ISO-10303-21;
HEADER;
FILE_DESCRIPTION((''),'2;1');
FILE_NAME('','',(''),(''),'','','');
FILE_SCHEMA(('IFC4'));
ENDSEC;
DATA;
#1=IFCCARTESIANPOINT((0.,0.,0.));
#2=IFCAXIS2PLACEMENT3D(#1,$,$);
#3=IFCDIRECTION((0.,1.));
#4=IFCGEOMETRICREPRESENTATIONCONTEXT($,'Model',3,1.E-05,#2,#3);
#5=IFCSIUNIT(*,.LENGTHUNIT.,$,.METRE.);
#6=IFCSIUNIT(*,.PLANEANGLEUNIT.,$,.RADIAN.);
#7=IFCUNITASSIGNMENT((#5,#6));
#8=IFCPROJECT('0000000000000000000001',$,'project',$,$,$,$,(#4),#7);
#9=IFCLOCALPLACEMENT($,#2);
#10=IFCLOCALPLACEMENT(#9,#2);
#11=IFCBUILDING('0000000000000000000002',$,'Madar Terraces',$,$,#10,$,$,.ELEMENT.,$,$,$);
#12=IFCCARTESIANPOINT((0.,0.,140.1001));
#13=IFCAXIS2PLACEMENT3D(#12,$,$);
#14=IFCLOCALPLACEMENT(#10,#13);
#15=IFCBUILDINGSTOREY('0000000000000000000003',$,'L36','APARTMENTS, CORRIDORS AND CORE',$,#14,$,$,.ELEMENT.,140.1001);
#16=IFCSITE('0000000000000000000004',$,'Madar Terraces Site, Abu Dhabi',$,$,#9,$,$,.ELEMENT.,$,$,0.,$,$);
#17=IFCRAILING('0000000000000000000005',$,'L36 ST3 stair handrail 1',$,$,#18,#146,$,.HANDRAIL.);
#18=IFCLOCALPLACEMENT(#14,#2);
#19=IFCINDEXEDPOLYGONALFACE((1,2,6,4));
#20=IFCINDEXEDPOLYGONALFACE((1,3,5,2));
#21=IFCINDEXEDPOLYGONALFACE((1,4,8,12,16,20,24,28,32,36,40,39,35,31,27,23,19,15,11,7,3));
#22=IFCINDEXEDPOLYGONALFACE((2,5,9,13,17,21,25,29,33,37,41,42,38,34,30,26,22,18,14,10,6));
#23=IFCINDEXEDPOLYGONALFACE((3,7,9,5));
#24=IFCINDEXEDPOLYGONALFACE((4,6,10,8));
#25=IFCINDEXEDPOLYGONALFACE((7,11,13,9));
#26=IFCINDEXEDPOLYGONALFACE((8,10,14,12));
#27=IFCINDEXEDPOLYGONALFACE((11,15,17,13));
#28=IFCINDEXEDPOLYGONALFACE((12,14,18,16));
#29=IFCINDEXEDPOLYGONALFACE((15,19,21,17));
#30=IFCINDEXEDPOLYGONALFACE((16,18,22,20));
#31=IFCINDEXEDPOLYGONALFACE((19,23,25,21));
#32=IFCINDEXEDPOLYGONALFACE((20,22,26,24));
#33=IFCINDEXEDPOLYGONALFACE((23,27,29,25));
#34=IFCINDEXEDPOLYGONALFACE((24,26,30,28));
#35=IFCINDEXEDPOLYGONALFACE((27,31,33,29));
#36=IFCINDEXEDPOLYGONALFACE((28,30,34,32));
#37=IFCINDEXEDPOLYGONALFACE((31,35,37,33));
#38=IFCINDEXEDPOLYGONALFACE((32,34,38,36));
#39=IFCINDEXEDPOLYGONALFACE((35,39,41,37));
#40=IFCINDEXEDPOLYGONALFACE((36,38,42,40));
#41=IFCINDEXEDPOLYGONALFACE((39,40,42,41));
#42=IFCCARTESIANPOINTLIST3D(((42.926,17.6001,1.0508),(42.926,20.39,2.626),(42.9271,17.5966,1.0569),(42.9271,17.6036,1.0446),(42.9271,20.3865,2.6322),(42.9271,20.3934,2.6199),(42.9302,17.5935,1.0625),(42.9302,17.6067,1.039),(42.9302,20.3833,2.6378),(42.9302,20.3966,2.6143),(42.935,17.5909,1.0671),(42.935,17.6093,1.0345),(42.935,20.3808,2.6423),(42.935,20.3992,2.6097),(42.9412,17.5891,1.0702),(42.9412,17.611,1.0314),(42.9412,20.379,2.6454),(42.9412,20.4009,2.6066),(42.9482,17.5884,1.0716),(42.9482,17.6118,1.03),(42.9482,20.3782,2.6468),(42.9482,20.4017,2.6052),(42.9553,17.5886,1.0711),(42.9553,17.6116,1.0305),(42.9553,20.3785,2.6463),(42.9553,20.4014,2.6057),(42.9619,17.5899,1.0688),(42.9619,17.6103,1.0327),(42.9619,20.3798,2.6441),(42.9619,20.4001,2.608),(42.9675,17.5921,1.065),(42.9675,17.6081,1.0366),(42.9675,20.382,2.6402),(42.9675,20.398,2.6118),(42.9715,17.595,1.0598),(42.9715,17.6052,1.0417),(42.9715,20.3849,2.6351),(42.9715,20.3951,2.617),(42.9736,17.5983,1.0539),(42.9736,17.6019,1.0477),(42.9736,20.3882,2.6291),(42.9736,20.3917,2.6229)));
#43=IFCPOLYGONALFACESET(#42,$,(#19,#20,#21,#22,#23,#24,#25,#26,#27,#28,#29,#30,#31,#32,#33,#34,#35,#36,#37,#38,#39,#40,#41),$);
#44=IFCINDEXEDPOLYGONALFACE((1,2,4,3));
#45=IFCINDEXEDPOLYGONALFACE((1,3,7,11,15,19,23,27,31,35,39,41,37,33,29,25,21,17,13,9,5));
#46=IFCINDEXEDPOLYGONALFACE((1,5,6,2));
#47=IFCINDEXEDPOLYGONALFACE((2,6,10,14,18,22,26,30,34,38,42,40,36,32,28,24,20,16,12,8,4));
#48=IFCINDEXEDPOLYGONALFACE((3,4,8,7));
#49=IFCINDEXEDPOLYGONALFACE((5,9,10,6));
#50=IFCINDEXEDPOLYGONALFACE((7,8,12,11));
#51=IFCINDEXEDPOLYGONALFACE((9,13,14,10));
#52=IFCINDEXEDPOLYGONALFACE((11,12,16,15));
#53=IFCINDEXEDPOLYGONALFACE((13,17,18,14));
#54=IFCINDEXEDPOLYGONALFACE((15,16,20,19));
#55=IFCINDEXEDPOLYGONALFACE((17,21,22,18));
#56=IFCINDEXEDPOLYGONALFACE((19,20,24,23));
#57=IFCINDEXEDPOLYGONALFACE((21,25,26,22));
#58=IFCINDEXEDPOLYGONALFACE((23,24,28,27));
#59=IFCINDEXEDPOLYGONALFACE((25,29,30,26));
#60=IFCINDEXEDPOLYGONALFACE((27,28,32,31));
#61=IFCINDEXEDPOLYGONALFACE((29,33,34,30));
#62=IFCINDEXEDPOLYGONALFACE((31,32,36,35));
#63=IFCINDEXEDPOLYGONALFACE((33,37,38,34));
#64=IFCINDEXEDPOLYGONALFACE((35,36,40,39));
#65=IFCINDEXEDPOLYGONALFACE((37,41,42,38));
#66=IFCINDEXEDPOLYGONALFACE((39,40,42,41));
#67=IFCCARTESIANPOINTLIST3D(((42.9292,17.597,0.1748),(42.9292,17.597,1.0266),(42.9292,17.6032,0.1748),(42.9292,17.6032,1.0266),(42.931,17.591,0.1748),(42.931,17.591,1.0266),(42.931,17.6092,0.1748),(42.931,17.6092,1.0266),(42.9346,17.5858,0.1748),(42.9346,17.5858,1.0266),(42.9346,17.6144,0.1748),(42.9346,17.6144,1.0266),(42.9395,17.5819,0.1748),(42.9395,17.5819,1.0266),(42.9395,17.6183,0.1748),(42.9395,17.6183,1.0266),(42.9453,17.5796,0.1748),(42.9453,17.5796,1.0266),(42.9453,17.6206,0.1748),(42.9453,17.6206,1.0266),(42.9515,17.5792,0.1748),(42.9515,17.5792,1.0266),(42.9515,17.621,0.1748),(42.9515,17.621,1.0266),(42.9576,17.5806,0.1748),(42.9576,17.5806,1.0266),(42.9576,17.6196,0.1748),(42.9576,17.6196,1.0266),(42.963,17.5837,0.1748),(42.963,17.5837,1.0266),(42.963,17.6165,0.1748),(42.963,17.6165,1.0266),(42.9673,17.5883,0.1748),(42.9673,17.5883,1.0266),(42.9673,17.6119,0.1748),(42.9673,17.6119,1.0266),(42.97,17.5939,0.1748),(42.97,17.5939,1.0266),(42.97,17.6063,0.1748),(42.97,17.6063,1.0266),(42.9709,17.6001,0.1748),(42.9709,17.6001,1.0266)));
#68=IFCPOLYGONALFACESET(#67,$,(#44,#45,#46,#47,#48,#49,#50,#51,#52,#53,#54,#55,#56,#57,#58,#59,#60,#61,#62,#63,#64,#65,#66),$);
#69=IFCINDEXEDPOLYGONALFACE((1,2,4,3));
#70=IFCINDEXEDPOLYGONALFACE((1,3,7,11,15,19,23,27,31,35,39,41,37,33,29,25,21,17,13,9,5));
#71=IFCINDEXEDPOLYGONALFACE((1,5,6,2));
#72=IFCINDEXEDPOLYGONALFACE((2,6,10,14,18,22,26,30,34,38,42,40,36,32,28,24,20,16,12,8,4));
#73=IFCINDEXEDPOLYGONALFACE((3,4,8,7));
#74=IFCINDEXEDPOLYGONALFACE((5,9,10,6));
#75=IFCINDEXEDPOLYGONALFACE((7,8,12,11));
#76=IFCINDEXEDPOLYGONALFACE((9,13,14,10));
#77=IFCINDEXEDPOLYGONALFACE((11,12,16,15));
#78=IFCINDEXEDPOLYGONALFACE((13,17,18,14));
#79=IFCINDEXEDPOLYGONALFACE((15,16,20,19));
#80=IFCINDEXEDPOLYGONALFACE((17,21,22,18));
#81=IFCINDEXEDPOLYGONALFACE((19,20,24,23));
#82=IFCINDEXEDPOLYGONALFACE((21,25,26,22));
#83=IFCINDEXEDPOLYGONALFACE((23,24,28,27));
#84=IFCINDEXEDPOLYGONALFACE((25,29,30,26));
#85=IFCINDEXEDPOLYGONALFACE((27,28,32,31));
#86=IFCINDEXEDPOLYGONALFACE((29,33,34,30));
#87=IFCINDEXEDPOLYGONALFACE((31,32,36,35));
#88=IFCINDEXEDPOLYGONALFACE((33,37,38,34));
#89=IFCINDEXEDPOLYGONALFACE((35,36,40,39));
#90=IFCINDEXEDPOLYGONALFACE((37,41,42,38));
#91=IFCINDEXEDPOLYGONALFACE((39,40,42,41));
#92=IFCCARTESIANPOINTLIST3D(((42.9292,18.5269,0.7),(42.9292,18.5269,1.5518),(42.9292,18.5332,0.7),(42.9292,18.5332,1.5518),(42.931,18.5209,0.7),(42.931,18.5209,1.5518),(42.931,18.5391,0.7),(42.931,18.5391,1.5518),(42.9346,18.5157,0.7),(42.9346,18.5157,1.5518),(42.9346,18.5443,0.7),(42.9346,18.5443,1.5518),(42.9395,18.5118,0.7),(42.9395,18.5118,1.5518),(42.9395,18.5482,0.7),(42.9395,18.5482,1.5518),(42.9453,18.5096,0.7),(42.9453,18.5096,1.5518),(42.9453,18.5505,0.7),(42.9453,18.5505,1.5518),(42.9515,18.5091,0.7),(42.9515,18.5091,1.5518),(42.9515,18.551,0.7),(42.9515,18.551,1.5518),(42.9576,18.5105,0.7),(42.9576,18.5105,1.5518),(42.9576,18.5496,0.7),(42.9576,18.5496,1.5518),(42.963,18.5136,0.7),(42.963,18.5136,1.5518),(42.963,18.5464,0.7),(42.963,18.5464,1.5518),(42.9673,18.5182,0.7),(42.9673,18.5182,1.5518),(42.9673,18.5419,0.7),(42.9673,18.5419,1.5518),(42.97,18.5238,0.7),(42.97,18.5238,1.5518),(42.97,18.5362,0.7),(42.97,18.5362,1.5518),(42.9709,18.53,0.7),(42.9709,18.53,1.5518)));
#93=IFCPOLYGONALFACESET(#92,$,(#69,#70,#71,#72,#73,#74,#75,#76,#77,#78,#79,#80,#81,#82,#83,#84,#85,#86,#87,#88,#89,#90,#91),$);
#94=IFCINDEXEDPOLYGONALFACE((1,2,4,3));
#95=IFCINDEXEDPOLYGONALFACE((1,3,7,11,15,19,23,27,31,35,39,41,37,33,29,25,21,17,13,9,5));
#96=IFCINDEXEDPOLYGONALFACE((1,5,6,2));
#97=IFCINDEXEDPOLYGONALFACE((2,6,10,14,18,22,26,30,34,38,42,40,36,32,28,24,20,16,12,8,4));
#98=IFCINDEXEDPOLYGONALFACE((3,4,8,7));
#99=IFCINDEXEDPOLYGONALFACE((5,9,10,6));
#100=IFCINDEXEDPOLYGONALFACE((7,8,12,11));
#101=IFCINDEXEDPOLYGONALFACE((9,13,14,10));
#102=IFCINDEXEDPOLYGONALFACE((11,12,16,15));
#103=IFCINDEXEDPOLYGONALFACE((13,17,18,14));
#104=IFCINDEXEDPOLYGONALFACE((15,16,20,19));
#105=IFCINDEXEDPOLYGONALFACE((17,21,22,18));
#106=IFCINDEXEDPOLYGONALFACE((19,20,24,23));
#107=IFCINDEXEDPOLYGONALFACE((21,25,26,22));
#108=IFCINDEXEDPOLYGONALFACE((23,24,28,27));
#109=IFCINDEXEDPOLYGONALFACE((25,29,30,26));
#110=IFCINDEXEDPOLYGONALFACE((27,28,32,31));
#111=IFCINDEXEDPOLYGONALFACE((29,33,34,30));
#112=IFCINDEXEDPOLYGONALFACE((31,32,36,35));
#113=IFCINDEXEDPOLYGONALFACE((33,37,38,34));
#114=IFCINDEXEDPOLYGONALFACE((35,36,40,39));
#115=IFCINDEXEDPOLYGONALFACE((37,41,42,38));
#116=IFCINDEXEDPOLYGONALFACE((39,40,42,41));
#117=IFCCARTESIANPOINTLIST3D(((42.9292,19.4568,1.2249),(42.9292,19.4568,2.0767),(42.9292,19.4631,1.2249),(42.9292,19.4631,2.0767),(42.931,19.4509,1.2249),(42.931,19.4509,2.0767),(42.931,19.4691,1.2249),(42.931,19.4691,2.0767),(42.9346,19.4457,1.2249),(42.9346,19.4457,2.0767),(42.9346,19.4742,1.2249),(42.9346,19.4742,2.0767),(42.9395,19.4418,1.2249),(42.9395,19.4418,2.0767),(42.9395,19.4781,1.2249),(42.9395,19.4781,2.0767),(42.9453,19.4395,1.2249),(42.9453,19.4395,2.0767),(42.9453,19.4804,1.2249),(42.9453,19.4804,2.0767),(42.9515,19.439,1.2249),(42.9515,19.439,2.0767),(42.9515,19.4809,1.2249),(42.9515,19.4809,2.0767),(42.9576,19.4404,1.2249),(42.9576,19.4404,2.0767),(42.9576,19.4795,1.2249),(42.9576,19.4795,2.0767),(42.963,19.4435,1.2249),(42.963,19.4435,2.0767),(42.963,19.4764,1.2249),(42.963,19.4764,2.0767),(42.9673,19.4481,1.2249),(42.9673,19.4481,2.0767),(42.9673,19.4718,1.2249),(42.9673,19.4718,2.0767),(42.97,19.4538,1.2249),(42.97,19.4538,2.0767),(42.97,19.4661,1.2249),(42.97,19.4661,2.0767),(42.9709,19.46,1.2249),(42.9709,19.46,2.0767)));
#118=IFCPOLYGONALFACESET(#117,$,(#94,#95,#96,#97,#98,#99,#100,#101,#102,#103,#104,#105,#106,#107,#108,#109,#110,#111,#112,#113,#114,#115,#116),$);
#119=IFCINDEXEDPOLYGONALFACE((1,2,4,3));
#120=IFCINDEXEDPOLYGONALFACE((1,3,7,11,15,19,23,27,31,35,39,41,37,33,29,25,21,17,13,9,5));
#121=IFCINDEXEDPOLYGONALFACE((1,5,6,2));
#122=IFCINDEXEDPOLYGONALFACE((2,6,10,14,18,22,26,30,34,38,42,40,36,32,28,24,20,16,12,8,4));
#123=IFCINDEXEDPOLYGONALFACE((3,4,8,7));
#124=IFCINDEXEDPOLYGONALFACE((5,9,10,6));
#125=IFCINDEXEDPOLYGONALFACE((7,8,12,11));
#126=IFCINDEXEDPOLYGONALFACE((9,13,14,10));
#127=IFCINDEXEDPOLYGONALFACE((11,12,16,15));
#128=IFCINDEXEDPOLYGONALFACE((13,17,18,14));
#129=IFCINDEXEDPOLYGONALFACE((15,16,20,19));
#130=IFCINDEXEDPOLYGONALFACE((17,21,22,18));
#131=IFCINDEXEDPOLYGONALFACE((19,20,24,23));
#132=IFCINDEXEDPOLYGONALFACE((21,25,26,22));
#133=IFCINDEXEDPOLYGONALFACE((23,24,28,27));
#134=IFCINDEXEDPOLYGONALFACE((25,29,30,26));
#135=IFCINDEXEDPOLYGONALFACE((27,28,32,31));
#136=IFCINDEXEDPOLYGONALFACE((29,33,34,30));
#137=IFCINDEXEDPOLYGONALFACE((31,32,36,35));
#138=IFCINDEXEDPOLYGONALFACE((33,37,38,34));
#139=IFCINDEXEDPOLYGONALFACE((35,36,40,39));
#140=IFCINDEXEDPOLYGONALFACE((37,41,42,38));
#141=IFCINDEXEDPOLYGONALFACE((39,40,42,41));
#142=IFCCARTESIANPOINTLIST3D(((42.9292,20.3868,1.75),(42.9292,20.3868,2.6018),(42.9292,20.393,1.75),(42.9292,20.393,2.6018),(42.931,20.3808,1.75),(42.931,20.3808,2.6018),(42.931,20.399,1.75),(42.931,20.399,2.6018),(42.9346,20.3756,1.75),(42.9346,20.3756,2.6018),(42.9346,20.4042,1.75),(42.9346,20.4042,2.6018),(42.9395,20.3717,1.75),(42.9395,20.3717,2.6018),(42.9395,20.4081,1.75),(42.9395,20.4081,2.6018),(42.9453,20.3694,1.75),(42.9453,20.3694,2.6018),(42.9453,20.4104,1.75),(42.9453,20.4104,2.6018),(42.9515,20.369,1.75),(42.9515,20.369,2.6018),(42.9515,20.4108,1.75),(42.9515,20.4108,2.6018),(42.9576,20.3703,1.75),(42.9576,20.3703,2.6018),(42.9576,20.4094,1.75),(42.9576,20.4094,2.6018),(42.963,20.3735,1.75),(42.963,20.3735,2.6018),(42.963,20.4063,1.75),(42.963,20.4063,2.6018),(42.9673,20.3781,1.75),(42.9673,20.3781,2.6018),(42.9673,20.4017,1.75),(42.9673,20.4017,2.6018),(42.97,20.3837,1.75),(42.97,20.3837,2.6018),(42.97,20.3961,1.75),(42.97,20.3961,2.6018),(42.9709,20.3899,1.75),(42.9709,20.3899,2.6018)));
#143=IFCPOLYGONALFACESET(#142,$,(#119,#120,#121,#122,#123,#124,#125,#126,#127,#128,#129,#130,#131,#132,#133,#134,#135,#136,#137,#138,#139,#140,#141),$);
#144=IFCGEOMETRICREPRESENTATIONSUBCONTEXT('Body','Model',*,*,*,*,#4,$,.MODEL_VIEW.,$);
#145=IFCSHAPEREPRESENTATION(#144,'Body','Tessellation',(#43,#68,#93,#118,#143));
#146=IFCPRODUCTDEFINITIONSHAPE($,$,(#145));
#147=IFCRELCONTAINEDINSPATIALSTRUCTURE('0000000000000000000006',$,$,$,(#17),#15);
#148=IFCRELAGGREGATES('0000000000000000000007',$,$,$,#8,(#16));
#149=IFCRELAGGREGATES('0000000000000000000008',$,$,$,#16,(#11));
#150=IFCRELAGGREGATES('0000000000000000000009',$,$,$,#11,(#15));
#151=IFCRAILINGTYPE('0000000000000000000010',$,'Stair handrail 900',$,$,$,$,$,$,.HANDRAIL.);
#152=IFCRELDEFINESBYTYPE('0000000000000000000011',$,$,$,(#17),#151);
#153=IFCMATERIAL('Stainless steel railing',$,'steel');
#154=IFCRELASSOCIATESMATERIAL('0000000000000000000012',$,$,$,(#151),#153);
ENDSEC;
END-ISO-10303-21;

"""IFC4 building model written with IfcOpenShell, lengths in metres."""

from ifc_helpers import new_model, si_unit, direction, frame, origin, origin_2d, place, context, subcontext, project, spatial, circle, extrude, material, type_object, element, save


model = new_model("IFC4")

# Units and contexts
model_context = context("Model", 3, precision=1e-05, world=origin(), true_north=direction((0.0, 1.0)))
body_context = subcontext(model_context, "Body", "Model", "MODEL_VIEW")
ifc_project = project(units=[si_unit("LENGTHUNIT", "METRE"), si_unit("PLANEANGLEUNIT", "RADIAN")], contexts=[model_context])

# Site, building, storey
site_placement = place(None, origin())
site = spatial("IfcSite", under=ifc_project, at=site_placement, Name="Madar Terraces Site, Abu Dhabi", CompositionType="ELEMENT", RefElevation=0.0)
building_placement = place(site_placement, origin())
building = spatial("IfcBuilding", under=site, at=building_placement, Name="Madar Terraces", CompositionType="ELEMENT")
storey_placement = place(building_placement, frame((0.0, 0.0, 140.1001)))
storey = spatial("IfcBuildingStorey", under=building, at=storey_placement, Name="L36", Description="APARTMENTS, CORRIDORS AND CORE", CompositionType="ELEMENT", Elevation=140.1001)

# Railing
ifc_material_1 = material(Name="Stainless steel railing", Category="steel")
railing_type_1 = type_object("IfcRailingType", Name="Stair handrail 900", PredefinedType="HANDRAIL", material=ifc_material_1)
railing_1_placement = place(storey_placement, frame((42.95, 17.6001, 0.1748)))
element("IfcRailing", 1, at=railing_1_placement, inside=storey, type_object=railing_type_1, Name="L36 ST3 stair handrail 1", PredefinedType="HANDRAIL", context=body_context, shape_type="SweptSolid", body=[
    extrude(circle(Radius=0.0239, at=origin_2d()), frame((0.0, 0.0, 0.876), z_axis=(0.0, 0.870783, 0.491668), x_axis=(-1.0, 0.0, 0.0)), (0.0, 0.0, 1.0), 3.2039),
    extrude(circle(Radius=0.021, at=origin_2d()), origin(), (0.0, 0.0, 1.0), 0.8518),
    extrude(circle(Radius=0.021, at=origin_2d()), frame((0.0, 0.9299, 0.5251)), (0.0, 0.0, 1.0), 0.8518),
    extrude(circle(Radius=0.021, at=origin_2d()), frame((0.0, 1.8599, 1.05)), (0.0, 0.0, 1.0), 0.8518),
    extrude(circle(Radius=0.021, at=origin_2d()), frame((0.0, 2.7898, 1.5752)), (0.0, 0.0, 1.0), 0.8518),
])

save(model, "model.ifc")
